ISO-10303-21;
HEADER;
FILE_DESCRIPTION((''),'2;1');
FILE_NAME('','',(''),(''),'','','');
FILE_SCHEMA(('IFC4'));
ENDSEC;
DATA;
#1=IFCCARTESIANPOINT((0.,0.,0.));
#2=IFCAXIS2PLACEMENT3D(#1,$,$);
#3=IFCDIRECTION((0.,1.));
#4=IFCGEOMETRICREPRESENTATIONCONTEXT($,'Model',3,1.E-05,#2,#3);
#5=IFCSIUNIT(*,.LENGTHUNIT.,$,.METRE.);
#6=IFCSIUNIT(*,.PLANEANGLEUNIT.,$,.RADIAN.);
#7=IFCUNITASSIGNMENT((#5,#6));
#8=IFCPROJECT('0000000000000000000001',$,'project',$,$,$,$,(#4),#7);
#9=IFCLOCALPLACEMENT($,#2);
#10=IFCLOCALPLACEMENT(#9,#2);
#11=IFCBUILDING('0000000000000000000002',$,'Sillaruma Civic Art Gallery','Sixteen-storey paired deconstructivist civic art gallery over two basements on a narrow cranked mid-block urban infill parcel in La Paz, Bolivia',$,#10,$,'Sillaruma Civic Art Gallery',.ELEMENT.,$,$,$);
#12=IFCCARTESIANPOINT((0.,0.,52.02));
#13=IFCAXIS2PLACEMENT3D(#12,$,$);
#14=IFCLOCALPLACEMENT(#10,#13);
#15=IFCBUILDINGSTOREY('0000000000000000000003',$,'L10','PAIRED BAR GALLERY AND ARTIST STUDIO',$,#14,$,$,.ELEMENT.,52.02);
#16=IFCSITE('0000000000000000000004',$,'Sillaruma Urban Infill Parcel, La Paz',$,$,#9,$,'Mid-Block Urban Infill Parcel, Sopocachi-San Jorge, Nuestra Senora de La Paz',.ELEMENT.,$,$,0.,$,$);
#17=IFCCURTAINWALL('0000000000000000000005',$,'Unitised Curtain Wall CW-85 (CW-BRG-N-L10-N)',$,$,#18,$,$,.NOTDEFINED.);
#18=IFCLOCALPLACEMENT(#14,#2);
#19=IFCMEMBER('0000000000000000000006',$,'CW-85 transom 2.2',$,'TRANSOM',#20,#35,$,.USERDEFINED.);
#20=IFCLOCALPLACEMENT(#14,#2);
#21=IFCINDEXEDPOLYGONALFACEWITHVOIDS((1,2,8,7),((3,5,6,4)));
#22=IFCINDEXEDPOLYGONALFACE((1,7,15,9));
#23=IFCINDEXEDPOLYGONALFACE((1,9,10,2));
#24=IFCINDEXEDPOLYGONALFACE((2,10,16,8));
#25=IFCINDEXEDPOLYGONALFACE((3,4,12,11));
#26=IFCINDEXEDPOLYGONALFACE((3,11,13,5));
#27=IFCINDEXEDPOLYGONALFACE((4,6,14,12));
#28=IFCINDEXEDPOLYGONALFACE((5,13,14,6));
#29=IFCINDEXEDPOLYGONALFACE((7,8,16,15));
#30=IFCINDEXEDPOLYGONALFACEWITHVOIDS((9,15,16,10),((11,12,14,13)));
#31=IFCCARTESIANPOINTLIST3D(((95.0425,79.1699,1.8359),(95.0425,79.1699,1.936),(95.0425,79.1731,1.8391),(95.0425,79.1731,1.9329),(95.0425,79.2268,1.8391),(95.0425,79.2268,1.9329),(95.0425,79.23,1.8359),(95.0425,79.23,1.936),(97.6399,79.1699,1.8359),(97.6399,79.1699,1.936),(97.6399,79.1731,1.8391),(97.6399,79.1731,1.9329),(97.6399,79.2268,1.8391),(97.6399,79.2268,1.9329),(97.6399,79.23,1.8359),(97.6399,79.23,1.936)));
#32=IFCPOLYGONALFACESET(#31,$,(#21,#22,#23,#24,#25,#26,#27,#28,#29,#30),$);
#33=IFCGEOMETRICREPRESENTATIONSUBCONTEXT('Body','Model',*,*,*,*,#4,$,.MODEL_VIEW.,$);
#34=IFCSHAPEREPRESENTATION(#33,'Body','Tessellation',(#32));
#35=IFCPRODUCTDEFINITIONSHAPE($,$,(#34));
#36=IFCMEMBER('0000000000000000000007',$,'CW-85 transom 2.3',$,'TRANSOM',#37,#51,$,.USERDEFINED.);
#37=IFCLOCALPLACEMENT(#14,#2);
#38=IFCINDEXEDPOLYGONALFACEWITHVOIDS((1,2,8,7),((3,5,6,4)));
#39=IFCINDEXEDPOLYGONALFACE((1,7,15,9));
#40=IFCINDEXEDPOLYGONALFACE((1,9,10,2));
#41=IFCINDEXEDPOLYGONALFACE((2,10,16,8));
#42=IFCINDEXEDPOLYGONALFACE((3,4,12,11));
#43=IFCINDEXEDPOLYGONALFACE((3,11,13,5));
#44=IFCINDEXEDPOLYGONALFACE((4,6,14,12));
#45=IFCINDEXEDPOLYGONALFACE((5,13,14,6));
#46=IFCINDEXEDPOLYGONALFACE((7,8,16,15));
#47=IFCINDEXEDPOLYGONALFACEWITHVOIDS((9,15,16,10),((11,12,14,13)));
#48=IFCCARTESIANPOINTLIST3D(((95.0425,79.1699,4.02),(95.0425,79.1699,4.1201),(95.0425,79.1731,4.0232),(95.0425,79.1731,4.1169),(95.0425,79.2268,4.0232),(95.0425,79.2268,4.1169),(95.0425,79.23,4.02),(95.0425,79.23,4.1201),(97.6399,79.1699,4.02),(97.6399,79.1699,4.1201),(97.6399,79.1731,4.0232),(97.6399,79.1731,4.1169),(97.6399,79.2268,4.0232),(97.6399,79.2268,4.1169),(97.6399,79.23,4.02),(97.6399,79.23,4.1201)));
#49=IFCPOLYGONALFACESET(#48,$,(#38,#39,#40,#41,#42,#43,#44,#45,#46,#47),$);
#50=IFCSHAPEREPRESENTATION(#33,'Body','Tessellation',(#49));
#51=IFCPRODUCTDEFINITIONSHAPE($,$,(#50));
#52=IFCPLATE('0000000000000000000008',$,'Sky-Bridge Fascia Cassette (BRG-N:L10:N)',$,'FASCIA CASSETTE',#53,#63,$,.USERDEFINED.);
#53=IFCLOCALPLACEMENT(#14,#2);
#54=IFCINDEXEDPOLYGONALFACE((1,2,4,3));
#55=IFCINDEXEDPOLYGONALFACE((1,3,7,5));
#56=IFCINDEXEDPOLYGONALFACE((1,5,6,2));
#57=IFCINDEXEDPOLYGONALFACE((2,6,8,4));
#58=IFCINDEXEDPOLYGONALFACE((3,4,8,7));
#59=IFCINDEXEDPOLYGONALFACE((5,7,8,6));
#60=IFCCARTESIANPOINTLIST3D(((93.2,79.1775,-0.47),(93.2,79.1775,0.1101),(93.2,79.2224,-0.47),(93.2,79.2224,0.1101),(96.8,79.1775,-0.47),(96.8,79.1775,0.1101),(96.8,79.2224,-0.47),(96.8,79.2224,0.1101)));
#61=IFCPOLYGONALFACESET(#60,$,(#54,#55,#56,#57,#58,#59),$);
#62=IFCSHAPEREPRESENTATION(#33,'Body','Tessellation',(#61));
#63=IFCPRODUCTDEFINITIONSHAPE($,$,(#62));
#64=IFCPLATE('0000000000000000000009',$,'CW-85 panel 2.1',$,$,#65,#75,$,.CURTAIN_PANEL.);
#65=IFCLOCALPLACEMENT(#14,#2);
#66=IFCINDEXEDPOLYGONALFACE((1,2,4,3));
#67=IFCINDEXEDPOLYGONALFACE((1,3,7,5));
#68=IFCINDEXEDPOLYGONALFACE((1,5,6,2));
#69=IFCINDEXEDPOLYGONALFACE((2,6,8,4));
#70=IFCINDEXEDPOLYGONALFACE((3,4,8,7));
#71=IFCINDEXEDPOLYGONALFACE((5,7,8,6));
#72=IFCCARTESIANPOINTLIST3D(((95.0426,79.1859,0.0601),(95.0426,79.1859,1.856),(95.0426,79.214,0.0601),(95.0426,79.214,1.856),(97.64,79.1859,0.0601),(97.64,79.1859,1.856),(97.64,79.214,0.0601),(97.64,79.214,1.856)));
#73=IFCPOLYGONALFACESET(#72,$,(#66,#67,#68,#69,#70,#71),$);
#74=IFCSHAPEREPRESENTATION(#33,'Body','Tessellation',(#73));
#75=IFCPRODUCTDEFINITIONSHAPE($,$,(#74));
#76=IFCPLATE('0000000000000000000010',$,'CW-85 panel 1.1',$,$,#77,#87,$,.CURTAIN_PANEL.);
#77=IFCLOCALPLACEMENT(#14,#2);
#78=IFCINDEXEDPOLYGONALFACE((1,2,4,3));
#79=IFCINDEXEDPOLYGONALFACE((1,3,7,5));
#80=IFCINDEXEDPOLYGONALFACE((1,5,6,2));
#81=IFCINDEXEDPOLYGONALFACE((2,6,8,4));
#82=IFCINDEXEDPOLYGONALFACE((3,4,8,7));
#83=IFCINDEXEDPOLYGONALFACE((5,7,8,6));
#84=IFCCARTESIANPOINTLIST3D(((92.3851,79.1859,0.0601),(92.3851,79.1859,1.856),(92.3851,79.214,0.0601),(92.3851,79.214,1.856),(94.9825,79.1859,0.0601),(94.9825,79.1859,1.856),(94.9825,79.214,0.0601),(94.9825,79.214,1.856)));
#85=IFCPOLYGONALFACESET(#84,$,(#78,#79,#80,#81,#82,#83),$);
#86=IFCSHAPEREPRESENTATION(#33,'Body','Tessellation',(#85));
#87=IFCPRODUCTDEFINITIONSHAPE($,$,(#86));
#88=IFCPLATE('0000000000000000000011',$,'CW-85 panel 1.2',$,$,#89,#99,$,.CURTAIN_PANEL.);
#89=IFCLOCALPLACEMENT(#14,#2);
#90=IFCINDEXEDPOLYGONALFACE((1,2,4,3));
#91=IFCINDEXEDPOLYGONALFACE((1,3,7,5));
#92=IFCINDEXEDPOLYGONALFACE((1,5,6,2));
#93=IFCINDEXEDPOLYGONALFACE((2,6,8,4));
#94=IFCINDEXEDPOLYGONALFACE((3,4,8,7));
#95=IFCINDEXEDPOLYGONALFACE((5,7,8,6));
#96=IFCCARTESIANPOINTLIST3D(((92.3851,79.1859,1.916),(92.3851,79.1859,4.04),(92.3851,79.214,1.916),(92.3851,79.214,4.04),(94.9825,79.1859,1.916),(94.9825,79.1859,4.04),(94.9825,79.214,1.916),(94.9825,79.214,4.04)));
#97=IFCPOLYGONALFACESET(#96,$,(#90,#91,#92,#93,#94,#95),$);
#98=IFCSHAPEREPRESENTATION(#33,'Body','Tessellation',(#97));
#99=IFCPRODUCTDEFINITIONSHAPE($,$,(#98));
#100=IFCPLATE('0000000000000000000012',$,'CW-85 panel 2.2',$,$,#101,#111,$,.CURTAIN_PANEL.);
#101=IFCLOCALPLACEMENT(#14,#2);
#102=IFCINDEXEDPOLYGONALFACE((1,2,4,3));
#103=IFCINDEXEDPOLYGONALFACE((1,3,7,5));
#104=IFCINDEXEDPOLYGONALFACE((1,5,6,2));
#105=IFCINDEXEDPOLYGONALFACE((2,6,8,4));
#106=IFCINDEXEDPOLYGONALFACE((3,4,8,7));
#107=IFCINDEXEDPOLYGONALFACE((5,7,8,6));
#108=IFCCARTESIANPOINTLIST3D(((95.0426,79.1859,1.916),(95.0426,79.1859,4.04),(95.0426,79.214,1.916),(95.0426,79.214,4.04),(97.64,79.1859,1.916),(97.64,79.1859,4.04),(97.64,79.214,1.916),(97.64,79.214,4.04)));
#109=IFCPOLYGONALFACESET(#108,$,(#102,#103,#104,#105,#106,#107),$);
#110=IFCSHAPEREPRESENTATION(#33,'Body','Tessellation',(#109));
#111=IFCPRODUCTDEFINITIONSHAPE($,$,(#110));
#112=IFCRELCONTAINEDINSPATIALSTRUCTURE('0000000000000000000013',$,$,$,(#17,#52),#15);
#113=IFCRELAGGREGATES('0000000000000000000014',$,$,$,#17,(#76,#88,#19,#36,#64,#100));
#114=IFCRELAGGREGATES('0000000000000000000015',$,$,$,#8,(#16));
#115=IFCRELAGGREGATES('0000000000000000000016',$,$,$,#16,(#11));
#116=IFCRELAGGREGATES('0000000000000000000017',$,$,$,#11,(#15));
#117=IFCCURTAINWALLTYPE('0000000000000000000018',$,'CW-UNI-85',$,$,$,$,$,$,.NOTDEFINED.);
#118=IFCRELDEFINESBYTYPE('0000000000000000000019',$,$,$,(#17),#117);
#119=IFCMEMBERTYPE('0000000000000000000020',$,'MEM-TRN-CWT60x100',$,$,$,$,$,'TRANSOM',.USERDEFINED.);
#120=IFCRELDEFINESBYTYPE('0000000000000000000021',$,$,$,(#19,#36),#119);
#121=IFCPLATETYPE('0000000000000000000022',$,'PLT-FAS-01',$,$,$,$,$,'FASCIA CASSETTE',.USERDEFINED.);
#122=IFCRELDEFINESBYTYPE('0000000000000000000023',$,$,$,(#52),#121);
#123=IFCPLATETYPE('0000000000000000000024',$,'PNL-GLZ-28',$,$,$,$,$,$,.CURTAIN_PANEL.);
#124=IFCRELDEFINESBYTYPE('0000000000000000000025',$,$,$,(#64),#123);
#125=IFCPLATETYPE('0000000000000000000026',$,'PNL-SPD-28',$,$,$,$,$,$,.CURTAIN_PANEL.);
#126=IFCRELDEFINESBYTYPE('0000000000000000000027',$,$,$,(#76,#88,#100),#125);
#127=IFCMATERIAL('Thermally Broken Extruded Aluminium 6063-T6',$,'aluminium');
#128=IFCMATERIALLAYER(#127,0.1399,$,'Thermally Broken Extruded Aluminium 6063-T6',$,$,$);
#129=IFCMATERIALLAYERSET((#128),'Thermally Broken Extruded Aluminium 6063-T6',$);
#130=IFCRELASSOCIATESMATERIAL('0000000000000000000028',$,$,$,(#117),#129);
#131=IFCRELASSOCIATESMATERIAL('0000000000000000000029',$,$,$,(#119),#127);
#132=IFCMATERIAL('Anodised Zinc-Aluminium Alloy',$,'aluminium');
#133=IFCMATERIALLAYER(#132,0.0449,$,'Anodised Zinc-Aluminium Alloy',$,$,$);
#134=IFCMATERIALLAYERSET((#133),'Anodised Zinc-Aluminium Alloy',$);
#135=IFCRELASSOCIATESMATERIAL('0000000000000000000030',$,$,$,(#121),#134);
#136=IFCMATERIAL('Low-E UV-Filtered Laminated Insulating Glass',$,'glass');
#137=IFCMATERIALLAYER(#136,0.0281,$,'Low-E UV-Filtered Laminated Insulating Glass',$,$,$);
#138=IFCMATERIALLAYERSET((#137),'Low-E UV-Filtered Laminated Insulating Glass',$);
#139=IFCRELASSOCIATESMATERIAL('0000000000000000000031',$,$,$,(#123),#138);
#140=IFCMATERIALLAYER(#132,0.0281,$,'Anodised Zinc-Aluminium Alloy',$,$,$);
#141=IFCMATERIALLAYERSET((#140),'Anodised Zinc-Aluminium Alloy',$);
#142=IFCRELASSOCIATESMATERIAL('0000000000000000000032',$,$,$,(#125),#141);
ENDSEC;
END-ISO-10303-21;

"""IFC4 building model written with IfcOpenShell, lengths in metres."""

from ifc_helpers import new_model, si_unit, direction, frame, origin, origin_2d, place, context, subcontext, project, spatial, rectangle, hollow_rectangle, extrude, material, layer, layer_set, material_profile, profile_set, type_object, element, aggregate, save


model = new_model("IFC4")

# Units and contexts
model_context = context("Model", 3, precision=1e-05, world=origin(), true_north=direction((0.0, 1.0)))
body_context = subcontext(model_context, "Body", "Model", "MODEL_VIEW")
ifc_project = project(units=[si_unit("LENGTHUNIT", "METRE"), si_unit("PLANEANGLEUNIT", "RADIAN")], contexts=[model_context])

# Site, building, storey
site_placement = place(None, origin())
site = spatial("IfcSite", under=ifc_project, at=site_placement, Name="Sillaruma Urban Infill Parcel, La Paz", LongName="Mid-Block Urban Infill Parcel, Sopocachi-San Jorge, Nuestra Senora de La Paz", CompositionType="ELEMENT", RefElevation=0.0)
building_placement = place(site_placement, origin())
building = spatial("IfcBuilding", under=site, at=building_placement, Name="Sillaruma Civic Art Gallery", Description="Sixteen-storey paired deconstructivist civic art gallery over two basements on a narrow cranked mid-block urban infill parcel in La Paz, Bolivia", LongName="Sillaruma Civic Art Gallery", CompositionType="ELEMENT")
storey_placement = place(building_placement, frame((0.0, 0.0, 52.02)))
storey = spatial("IfcBuildingStorey", under=building, at=storey_placement, Name="L10", Description="PAIRED BAR GALLERY AND ARTIST STUDIO", CompositionType="ELEMENT", Elevation=52.02)

# Curtain wall, members
ifc_material_1 = material(Name="Thermally Broken Extruded Aluminium 6063-T6", Category="aluminium")
ifc_layer_1 = layer(ifc_material_1, 0.1399, Name="Thermally Broken Extruded Aluminium 6063-T6")
ifc_layer_set_1 = layer_set([ifc_layer_1], Name="Thermally Broken Extruded Aluminium 6063-T6")
curtain_wall_type = type_object("IfcCurtainWallType", Name="CW-UNI-85", PredefinedType="NOTDEFINED", material=ifc_layer_set_1)
curtain_wall_placement = place(storey_placement, origin())
curtain_wall = element("IfcCurtainWall", 1, at=curtain_wall_placement, inside=storey, type_object=curtain_wall_type, Name="Unitised Curtain Wall CW-85 (CW-BRG-N-L10-N)", PredefinedType="NOTDEFINED")
ifc_material_profile_1 = material_profile(ifc_material_1, hollow_rectangle(XDim=0.0601, YDim=0.1001, WallThickness=0.0032, at=origin_2d()), Name="CWT60x100")
ifc_profile_set_1 = profile_set([ifc_material_profile_1], Name="Thermally Broken Extruded Aluminium 6063-T6")
member_type_1 = type_object("IfcMemberType", Name="MEM-TRN-CWT60x100", ElementType="TRANSOM", PredefinedType="USERDEFINED", material=ifc_profile_set_1)
member_1_placement = place(storey_placement, frame((95.0425, 79.2, 1.886), z_axis=(1.0, 0.0, 0.0), x_axis=(0.0, 1.0, 0.0)))
member_1 = element("IfcMember", 2, at=member_1_placement, type_object=member_type_1, Name="CW-85 transom 2.2", ObjectType="TRANSOM", PredefinedType="USERDEFINED", context=body_context, shape_type="SweptSolid", body=[
    extrude(hollow_rectangle(XDim=0.0601, YDim=0.1001, WallThickness=0.0032, at=origin_2d()), origin(), (0.0, 0.0, 1.0), 2.5974),
])
member_2_placement = place(storey_placement, frame((95.0425, 79.2, 4.0701), z_axis=(1.0, 0.0, 0.0), x_axis=(0.0, 1.0, 0.0)))
member_2 = element("IfcMember", 3, at=member_2_placement, type_object=member_type_1, Name="CW-85 transom 2.3", ObjectType="TRANSOM", PredefinedType="USERDEFINED", context=body_context, shape_type="SweptSolid", body=[
    extrude(hollow_rectangle(XDim=0.0601, YDim=0.1001, WallThickness=0.0032, at=origin_2d()), origin(), (0.0, 0.0, 1.0), 2.5974),
])

# Plates
ifc_material_2 = material(Name="Anodised Zinc-Aluminium Alloy", Category="aluminium")
ifc_layer_2 = layer(ifc_material_2, 0.0449, Name="Anodised Zinc-Aluminium Alloy")
ifc_layer_set_2 = layer_set([ifc_layer_2], Name="Anodised Zinc-Aluminium Alloy")
plate_type_1 = type_object("IfcPlateType", Name="PLT-FAS-01", ElementType="FASCIA CASSETTE", PredefinedType="USERDEFINED", material=ifc_layer_set_2)
plate_1_placement = place(storey_placement, frame((95.0, 79.2, -0.47), z_axis=(0.0, 0.0, 1.0), x_axis=(1.0, 0.0, 0.0)))
element("IfcPlate", 4, at=plate_1_placement, inside=storey, type_object=plate_type_1, Name="Sky-Bridge Fascia Cassette (BRG-N:L10:N)", ObjectType="FASCIA CASSETTE", PredefinedType="USERDEFINED", context=body_context, shape_type="SweptSolid", body=[
    extrude(rectangle(XDim=3.6001, YDim=0.0449, at=origin_2d()), origin(), (0.0, 0.0, 1.0), 0.5801),
])
ifc_material_3 = material(Name="Low-E UV-Filtered Laminated Insulating Glass", Category="glass")
ifc_layer_3 = layer(ifc_material_3, 0.0281, Name="Low-E UV-Filtered Laminated Insulating Glass")
ifc_layer_set_3 = layer_set([ifc_layer_3], Name="Low-E UV-Filtered Laminated Insulating Glass")
plate_type_2 = type_object("IfcPlateType", Name="PNL-GLZ-28", PredefinedType="CURTAIN_PANEL", material=ifc_layer_set_3)
plate_2_placement = place(storey_placement, frame((96.3413, 79.2, 0.0601), z_axis=(0.0, 0.0, 1.0), x_axis=(1.0, 0.0, 0.0)))
plate_2 = element("IfcPlate", 5, at=plate_2_placement, type_object=plate_type_2, Name="CW-85 panel 2.1", PredefinedType="CURTAIN_PANEL", context=body_context, shape_type="SweptSolid", body=[
    extrude(rectangle(XDim=2.5974, YDim=0.0281, at=origin_2d()), origin(), (0.0, 0.0, 1.0), 1.7959),
])
ifc_layer_4 = layer(ifc_material_2, 0.0281, Name="Anodised Zinc-Aluminium Alloy")
ifc_layer_set_4 = layer_set([ifc_layer_4], Name="Anodised Zinc-Aluminium Alloy")
plate_type_3 = type_object("IfcPlateType", Name="PNL-SPD-28", PredefinedType="CURTAIN_PANEL", material=ifc_layer_set_4)
plate_3_placement = place(storey_placement, frame((93.6838, 79.2, 0.0601), z_axis=(0.0, 0.0, 1.0), x_axis=(1.0, 0.0, 0.0)))
plate_3 = element("IfcPlate", 6, at=plate_3_placement, type_object=plate_type_3, Name="CW-85 panel 1.1", PredefinedType="CURTAIN_PANEL", context=body_context, shape_type="SweptSolid", body=[
    extrude(rectangle(XDim=2.5974, YDim=0.0281, at=origin_2d()), origin(), (0.0, 0.0, 1.0), 1.7959),
])
plate_4_placement = place(storey_placement, frame((93.6838, 79.2, 1.916), z_axis=(0.0, 0.0, 1.0), x_axis=(1.0, 0.0, 0.0)))
plate_4 = element("IfcPlate", 7, at=plate_4_placement, type_object=plate_type_3, Name="CW-85 panel 1.2", PredefinedType="CURTAIN_PANEL", context=body_context, shape_type="SweptSolid", body=[
    extrude(rectangle(XDim=2.5974, YDim=0.0281, at=origin_2d()), origin(), (0.0, 0.0, 1.0), 2.124),
])
plate_5_placement = place(storey_placement, frame((96.3413, 79.2, 1.916), z_axis=(0.0, 0.0, 1.0), x_axis=(1.0, 0.0, 0.0)))
plate_5 = element("IfcPlate", 8, at=plate_5_placement, type_object=plate_type_3, Name="CW-85 panel 2.2", PredefinedType="CURTAIN_PANEL", context=body_context, shape_type="SweptSolid", body=[
    extrude(rectangle(XDim=2.5974, YDim=0.0281, at=origin_2d()), origin(), (0.0, 0.0, 1.0), 2.124),
])
aggregate(curtain_wall, [plate_3, plate_4, member_1, member_2, plate_2, plate_5])

save(model, "model.ifc")
